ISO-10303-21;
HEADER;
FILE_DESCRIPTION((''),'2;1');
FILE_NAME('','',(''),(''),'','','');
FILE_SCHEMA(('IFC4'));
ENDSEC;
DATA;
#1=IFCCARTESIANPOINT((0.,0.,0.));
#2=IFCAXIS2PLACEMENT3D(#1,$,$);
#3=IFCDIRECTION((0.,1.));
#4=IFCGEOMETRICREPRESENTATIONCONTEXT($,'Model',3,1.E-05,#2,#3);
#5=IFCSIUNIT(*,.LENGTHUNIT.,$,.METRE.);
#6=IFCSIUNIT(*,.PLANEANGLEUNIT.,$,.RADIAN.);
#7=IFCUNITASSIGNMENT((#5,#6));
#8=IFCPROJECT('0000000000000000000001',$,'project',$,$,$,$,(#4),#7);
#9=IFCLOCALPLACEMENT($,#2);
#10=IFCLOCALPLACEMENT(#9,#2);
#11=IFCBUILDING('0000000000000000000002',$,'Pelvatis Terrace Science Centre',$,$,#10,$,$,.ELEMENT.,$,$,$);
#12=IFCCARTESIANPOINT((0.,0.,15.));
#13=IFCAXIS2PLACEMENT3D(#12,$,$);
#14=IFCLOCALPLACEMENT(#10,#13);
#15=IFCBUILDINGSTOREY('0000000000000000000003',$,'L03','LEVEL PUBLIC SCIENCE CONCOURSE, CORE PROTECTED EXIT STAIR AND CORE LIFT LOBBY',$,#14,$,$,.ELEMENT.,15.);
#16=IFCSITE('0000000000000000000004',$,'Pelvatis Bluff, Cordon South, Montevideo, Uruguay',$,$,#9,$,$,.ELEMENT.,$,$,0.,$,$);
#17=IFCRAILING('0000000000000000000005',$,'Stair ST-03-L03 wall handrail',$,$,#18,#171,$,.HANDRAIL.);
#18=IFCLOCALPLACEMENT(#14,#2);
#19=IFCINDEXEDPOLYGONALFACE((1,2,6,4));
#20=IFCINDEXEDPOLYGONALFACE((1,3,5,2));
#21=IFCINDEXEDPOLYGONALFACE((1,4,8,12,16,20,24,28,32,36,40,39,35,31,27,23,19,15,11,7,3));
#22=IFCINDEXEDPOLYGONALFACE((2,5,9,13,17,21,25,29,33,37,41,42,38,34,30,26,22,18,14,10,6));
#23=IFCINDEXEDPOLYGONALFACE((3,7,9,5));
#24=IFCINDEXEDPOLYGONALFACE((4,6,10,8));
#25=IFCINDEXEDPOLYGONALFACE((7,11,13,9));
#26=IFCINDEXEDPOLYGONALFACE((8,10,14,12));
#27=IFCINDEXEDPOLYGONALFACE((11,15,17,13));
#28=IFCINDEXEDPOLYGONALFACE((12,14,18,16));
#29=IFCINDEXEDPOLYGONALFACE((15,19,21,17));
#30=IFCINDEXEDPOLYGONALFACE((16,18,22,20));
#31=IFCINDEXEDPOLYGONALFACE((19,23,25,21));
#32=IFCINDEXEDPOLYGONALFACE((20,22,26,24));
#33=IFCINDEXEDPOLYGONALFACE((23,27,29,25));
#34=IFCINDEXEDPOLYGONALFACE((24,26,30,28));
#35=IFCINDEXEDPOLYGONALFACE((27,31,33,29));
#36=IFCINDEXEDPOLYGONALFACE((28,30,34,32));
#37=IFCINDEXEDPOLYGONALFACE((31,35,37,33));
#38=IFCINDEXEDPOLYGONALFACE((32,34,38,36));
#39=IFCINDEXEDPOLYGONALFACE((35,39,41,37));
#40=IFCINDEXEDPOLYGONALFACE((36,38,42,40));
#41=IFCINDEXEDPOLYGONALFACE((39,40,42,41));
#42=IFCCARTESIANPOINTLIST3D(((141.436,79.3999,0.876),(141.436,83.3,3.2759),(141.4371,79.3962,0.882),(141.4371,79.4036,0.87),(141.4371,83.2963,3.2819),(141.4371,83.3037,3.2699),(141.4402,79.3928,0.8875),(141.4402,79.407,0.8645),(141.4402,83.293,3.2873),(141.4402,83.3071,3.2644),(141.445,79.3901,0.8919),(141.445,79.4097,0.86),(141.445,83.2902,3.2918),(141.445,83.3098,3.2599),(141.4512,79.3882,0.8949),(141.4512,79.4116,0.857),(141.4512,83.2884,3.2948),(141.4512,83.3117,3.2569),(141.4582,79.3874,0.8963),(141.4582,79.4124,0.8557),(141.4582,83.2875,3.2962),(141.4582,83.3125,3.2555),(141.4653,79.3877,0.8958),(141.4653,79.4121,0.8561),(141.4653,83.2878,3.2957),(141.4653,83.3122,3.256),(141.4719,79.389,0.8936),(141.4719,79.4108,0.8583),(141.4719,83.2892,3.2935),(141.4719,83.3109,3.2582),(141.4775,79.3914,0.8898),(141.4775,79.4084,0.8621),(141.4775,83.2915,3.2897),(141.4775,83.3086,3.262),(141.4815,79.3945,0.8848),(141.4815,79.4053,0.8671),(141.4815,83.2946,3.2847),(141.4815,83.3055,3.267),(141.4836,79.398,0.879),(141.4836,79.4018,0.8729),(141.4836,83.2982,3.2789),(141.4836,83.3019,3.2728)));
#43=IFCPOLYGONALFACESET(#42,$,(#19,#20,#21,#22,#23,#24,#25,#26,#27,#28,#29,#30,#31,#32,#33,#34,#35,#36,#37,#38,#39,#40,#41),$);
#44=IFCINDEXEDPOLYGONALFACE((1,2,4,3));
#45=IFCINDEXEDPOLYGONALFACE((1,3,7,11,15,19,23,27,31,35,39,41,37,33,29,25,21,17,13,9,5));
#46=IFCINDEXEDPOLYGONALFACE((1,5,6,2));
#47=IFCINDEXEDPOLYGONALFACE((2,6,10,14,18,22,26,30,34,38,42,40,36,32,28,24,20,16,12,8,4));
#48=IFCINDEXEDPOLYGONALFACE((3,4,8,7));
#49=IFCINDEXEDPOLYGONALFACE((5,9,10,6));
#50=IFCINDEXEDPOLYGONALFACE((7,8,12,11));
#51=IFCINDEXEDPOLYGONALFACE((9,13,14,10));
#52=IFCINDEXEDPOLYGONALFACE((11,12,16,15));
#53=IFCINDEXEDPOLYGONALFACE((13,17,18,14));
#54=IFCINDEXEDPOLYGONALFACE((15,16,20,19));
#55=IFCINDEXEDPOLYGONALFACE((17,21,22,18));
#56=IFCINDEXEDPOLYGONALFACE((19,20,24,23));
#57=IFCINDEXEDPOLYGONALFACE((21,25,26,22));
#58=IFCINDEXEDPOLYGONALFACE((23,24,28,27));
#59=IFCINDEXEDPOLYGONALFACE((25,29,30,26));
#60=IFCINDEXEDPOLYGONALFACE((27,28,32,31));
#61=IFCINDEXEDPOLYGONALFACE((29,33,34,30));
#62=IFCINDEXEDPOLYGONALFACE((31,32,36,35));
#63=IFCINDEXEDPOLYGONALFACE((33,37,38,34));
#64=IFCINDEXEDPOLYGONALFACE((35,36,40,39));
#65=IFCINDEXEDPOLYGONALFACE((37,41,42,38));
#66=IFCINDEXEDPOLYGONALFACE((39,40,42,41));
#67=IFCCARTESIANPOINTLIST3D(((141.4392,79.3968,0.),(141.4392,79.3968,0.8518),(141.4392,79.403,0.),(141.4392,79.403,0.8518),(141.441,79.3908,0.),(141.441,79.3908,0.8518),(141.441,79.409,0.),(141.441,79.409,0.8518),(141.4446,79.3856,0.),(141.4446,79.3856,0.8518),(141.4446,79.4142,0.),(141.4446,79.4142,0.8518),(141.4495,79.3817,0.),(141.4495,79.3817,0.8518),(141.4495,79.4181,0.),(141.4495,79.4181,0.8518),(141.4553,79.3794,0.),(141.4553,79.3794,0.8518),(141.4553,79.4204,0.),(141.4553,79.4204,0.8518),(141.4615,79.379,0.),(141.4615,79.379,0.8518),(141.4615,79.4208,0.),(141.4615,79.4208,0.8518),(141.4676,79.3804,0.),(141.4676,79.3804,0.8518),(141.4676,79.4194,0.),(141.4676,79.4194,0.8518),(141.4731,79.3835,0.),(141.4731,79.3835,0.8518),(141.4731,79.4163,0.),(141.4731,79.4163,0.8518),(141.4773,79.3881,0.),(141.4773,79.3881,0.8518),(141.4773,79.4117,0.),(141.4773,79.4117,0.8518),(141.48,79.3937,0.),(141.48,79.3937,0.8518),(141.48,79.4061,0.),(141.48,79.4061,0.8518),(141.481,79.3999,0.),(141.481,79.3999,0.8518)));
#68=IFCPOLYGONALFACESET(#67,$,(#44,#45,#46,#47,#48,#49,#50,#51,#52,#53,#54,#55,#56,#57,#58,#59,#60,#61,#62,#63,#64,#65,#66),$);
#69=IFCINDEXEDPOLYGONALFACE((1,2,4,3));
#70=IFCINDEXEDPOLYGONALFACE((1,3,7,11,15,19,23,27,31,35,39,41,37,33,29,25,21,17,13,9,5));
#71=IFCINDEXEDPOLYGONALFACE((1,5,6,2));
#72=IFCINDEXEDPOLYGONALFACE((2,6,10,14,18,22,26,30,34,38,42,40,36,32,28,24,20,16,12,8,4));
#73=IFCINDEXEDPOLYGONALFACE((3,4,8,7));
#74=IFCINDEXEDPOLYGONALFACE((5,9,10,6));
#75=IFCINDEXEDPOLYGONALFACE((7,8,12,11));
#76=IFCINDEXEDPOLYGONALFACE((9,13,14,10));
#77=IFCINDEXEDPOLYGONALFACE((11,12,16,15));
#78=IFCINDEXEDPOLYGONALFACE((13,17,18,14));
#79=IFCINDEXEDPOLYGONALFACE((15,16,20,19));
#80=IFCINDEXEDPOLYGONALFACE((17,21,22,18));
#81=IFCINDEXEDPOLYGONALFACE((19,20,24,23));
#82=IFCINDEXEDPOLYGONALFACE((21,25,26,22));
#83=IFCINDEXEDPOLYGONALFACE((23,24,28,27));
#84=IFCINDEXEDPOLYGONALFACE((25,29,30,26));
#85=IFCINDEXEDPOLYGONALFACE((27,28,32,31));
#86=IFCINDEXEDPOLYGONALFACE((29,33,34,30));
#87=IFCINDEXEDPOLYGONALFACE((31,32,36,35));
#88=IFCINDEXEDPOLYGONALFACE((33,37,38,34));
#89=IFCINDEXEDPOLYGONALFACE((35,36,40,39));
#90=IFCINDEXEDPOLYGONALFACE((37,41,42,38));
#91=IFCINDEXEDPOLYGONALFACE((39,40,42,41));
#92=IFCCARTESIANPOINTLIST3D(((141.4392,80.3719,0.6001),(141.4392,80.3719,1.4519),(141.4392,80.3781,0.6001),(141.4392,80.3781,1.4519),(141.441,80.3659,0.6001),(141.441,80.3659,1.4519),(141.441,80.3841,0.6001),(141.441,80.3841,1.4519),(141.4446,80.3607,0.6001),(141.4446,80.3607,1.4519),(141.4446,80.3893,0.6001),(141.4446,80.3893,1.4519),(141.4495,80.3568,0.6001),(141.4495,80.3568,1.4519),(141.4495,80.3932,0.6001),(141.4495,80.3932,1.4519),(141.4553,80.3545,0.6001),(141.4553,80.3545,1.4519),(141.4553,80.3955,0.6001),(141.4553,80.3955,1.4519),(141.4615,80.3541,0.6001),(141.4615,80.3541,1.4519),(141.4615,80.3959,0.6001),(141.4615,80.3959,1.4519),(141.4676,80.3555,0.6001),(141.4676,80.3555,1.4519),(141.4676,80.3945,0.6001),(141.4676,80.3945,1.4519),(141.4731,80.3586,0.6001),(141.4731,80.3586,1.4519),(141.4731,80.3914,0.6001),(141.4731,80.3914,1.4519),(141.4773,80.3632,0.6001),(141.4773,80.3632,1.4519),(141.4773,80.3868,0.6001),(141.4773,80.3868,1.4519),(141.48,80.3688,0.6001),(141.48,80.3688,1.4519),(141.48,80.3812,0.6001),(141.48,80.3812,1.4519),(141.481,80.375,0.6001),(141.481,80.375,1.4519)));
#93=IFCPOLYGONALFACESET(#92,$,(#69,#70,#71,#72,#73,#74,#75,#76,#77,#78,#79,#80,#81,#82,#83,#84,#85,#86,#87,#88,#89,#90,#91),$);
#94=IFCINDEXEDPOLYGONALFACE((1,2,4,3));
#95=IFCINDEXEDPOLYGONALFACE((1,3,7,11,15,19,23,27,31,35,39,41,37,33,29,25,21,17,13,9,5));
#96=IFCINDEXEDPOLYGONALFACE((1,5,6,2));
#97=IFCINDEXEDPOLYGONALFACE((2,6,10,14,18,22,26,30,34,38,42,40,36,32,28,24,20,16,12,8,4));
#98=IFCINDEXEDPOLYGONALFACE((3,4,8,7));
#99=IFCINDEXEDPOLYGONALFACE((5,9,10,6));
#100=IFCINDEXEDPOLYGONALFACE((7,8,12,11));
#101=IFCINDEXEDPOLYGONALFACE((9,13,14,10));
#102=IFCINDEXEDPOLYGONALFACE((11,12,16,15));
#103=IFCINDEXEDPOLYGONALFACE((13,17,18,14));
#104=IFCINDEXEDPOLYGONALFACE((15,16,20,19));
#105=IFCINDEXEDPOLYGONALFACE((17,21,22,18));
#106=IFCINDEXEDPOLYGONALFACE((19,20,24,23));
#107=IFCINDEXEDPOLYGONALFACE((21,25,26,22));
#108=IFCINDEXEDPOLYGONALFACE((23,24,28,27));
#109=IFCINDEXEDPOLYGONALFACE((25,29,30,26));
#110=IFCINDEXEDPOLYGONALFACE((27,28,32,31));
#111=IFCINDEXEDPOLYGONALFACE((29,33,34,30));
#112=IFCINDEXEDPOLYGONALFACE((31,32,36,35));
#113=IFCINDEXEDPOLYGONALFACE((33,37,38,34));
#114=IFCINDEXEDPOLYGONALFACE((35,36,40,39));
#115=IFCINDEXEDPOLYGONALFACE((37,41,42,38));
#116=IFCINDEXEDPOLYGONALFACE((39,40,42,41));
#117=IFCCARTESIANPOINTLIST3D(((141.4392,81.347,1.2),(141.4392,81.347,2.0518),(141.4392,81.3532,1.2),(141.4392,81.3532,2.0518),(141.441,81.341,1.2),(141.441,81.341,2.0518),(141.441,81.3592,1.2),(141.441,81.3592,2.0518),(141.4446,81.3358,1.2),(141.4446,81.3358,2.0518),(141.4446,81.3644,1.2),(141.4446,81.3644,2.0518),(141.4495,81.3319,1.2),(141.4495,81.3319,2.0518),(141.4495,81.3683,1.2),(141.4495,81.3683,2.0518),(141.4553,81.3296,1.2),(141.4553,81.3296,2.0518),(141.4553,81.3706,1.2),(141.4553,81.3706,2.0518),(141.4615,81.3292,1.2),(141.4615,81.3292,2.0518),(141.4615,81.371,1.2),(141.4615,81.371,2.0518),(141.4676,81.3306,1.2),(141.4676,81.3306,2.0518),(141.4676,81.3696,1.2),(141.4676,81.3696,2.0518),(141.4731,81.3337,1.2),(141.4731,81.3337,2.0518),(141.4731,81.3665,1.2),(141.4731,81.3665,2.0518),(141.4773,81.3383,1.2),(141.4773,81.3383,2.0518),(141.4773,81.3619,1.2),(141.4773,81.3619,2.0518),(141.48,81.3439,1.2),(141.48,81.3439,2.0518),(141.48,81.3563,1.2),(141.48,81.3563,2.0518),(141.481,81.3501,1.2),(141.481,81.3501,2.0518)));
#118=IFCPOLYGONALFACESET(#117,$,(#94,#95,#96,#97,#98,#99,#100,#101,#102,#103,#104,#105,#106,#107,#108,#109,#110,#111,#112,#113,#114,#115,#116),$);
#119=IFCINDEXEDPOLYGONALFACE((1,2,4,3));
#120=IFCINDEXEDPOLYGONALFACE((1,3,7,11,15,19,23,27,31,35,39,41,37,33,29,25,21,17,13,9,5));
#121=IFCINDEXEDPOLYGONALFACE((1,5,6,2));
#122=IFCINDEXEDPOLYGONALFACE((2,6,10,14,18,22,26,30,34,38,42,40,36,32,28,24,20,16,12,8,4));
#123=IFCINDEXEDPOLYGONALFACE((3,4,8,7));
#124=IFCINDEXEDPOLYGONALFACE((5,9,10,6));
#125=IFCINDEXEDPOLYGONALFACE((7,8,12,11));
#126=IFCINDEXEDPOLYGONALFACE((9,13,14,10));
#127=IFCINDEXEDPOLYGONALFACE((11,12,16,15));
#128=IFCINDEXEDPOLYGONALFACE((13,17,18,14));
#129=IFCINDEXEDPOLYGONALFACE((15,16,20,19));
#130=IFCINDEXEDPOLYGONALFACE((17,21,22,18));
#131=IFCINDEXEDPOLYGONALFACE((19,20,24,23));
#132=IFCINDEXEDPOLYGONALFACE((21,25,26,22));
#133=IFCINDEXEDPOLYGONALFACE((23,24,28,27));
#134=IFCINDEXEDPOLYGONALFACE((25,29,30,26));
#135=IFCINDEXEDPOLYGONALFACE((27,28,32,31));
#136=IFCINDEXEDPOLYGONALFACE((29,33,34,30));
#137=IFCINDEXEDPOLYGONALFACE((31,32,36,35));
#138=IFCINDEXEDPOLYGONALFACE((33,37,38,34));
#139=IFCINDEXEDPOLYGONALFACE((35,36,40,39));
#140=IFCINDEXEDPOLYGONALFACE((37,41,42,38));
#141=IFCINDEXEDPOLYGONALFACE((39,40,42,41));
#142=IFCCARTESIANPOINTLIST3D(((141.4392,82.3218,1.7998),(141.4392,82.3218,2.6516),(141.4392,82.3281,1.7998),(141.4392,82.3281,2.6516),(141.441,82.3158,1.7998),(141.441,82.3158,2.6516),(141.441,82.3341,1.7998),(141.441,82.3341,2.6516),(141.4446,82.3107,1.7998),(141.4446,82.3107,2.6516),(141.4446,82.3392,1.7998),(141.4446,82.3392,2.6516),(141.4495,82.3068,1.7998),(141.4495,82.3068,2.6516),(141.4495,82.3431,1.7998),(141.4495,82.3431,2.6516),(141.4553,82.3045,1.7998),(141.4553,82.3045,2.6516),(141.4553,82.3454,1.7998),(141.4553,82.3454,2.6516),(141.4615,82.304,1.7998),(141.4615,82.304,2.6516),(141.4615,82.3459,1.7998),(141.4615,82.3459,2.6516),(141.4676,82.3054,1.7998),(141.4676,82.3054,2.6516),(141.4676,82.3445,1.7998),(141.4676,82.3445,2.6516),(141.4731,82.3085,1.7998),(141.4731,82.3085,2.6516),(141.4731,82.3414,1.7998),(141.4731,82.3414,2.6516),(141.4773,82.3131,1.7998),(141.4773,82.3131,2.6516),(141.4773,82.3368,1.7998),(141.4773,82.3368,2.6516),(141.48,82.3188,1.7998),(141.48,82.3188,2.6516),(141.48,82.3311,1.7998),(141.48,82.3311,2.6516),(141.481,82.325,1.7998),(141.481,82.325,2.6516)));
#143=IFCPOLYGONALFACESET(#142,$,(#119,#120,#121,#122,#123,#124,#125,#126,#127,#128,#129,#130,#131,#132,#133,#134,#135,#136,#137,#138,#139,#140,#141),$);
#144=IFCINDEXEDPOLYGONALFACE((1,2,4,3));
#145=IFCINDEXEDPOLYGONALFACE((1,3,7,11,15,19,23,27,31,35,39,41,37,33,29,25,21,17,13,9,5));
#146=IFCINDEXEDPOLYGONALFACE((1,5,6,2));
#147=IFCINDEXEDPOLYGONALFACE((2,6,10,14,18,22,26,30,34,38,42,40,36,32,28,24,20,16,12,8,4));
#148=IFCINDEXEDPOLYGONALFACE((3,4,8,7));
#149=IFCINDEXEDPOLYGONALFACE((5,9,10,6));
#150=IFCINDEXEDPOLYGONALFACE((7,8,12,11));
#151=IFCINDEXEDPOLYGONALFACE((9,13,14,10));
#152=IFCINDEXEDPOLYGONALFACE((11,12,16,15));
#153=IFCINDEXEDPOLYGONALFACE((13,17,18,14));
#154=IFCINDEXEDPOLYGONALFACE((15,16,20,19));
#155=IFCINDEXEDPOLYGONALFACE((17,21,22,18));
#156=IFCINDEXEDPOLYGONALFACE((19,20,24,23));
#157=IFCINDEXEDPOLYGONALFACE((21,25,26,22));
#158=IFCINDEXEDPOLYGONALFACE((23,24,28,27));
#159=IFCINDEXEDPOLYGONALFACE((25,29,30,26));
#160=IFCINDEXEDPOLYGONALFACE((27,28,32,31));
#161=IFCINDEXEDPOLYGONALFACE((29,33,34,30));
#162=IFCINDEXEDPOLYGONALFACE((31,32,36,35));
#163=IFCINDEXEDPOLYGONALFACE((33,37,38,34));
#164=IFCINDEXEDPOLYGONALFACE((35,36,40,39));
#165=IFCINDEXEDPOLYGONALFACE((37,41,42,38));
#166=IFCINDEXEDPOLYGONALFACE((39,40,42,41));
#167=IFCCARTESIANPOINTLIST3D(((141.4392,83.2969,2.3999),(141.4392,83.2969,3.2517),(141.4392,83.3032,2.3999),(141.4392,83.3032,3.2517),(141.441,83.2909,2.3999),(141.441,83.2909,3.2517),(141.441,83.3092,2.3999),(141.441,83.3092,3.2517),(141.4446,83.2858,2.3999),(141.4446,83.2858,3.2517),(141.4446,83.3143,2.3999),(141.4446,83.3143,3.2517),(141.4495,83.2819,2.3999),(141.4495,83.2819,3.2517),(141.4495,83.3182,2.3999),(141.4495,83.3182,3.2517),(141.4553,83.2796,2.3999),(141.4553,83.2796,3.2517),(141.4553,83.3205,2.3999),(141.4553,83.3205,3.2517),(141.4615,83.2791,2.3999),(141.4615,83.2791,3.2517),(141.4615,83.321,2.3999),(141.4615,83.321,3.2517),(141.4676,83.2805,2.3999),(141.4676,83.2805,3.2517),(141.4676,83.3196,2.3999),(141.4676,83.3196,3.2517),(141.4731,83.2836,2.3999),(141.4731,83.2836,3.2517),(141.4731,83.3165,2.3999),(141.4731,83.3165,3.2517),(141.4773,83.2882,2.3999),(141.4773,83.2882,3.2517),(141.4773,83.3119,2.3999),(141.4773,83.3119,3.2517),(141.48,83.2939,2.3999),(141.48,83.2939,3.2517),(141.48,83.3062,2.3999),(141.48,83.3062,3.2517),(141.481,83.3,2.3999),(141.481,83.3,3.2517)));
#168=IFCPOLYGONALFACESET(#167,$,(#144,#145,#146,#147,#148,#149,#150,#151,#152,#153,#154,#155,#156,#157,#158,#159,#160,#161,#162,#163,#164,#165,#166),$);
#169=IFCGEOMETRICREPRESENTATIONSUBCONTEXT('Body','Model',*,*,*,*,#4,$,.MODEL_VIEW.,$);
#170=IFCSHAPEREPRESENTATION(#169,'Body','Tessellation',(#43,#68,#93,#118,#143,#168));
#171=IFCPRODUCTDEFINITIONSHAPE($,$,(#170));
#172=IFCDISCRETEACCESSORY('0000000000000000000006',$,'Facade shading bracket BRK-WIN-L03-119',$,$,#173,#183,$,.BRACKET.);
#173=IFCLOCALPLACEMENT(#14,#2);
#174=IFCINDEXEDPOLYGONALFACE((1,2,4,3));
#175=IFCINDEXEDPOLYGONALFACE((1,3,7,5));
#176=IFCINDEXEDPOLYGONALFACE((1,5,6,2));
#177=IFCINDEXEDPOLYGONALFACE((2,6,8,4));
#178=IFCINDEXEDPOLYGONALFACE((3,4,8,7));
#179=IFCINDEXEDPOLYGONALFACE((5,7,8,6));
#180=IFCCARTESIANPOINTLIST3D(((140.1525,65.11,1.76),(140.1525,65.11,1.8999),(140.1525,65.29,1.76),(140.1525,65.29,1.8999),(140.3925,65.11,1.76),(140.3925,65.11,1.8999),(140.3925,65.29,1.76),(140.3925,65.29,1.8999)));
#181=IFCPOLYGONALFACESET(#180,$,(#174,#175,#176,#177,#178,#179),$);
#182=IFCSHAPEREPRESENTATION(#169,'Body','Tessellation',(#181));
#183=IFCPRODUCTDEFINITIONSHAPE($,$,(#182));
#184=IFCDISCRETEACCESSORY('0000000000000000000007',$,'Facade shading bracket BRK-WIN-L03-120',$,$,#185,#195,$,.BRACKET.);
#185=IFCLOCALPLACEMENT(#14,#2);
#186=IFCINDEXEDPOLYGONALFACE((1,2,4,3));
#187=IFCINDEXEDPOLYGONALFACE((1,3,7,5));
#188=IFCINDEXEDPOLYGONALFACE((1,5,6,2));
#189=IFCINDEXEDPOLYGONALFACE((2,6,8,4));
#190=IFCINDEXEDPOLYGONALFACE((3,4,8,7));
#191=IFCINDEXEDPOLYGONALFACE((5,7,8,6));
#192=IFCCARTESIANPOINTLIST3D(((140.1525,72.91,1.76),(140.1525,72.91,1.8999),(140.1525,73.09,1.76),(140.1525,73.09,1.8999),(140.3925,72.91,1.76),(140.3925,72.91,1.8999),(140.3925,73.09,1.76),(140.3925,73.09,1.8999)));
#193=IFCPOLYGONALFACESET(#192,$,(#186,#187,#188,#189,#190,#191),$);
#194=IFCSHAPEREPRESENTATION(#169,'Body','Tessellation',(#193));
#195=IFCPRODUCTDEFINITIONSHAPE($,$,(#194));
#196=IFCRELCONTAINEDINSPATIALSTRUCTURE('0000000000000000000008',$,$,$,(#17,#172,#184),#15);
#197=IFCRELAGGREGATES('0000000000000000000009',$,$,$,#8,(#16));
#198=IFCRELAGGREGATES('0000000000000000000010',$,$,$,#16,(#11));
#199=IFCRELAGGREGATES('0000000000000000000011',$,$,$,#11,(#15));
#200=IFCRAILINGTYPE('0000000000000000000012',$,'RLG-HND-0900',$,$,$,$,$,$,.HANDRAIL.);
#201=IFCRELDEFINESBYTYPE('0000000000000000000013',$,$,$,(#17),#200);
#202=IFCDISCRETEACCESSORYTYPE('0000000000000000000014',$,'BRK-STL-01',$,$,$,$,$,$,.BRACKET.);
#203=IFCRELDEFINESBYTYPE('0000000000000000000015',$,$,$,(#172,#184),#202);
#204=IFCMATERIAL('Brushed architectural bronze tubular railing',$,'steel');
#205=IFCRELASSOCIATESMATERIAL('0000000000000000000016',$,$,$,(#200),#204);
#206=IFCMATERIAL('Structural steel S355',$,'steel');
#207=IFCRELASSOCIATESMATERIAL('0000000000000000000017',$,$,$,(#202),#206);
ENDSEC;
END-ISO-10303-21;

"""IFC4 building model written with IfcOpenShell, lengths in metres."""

from ifc_helpers import new_model, si_unit, direction, frame, origin, origin_2d, place, context, subcontext, project, spatial, rectangle, circle, extrude, material, type_object, element, save


model = new_model("IFC4")

# Units and contexts
model_context = context("Model", 3, precision=1e-05, world=origin(), true_north=direction((0.0, 1.0)))
body_context = subcontext(model_context, "Body", "Model", "MODEL_VIEW")
ifc_project = project(units=[si_unit("LENGTHUNIT", "METRE"), si_unit("PLANEANGLEUNIT", "RADIAN")], contexts=[model_context])

# Site, building, storey
site_placement = place(None, origin())
site = spatial("IfcSite", under=ifc_project, at=site_placement, Name="Pelvatis Bluff, Cordon South, Montevideo, Uruguay", CompositionType="ELEMENT", RefElevation=0.0)
building_placement = place(site_placement, origin())
building = spatial("IfcBuilding", under=site, at=building_placement, Name="Pelvatis Terrace Science Centre", CompositionType="ELEMENT")
storey_placement = place(building_placement, frame((0.0, 0.0, 15.0)))
storey = spatial("IfcBuildingStorey", under=building, at=storey_placement, Name="L03", Description="LEVEL PUBLIC SCIENCE CONCOURSE, CORE PROTECTED EXIT STAIR AND CORE LIFT LOBBY", CompositionType="ELEMENT", Elevation=15.0)

# Railing
ifc_material_1 = material(Name="Brushed architectural bronze tubular railing", Category="steel")
railing_type_1 = type_object("IfcRailingType", Name="RLG-HND-0900", PredefinedType="HANDRAIL", material=ifc_material_1)
railing_1_placement = place(storey_placement, frame((141.46, 79.3999, 0.0)))
element("IfcRailing", 1, at=railing_1_placement, inside=storey, type_object=railing_type_1, Name="Stair ST-03-L03 wall handrail", PredefinedType="HANDRAIL", context=body_context, shape_type="SweptSolid", body=[
    extrude(circle(Radius=0.0239, at=origin_2d()), frame((0.0, 0.0, 0.876), z_axis=(0.0, 0.851677, 0.524068), x_axis=(-1.0, 0.0, 0.0)), (0.0, 0.0, 1.0), 4.5793),
    extrude(circle(Radius=0.021, at=origin_2d()), origin(), (0.0, 0.0, 1.0), 0.8518),
    extrude(circle(Radius=0.021, at=origin_2d()), frame((0.0, 0.9751, 0.6001)), (0.0, 0.0, 1.0), 0.8518),
    extrude(circle(Radius=0.021, at=origin_2d()), frame((0.0, 1.9502, 1.2)), (0.0, 0.0, 1.0), 0.8518),
    extrude(circle(Radius=0.021, at=origin_2d()), frame((0.0, 2.925, 1.7998)), (0.0, 0.0, 1.0), 0.8518),
    extrude(circle(Radius=0.021, at=origin_2d()), frame((0.0, 3.9001, 2.3999)), (0.0, 0.0, 1.0), 0.8518),
])

# Discrete accessories
ifc_material_2 = material(Name="Structural steel S355", Category="steel")
discrete_accessory_type = type_object("IfcDiscreteAccessoryType", Name="BRK-STL-01", PredefinedType="BRACKET", material=ifc_material_2)
for number, where, name in (
    (2, (140.2725, 65.2, 1.76), "Facade shading bracket BRK-WIN-L03-119"),
    (3, (140.2725, 73.0, 1.76), "Facade shading bracket BRK-WIN-L03-120"),
):
    element("IfcDiscreteAccessory", number, at=place(storey_placement, frame(where)), inside=storey, type_object=discrete_accessory_type, Name=name, PredefinedType="BRACKET", context=body_context, shape_type="SweptSolid", body=[
        extrude(rectangle(XDim=0.24, YDim=0.18, at=origin_2d()), origin(), (0.0, 0.0, 1.0), 0.1399),
    ])

save(model, "model.ifc")
